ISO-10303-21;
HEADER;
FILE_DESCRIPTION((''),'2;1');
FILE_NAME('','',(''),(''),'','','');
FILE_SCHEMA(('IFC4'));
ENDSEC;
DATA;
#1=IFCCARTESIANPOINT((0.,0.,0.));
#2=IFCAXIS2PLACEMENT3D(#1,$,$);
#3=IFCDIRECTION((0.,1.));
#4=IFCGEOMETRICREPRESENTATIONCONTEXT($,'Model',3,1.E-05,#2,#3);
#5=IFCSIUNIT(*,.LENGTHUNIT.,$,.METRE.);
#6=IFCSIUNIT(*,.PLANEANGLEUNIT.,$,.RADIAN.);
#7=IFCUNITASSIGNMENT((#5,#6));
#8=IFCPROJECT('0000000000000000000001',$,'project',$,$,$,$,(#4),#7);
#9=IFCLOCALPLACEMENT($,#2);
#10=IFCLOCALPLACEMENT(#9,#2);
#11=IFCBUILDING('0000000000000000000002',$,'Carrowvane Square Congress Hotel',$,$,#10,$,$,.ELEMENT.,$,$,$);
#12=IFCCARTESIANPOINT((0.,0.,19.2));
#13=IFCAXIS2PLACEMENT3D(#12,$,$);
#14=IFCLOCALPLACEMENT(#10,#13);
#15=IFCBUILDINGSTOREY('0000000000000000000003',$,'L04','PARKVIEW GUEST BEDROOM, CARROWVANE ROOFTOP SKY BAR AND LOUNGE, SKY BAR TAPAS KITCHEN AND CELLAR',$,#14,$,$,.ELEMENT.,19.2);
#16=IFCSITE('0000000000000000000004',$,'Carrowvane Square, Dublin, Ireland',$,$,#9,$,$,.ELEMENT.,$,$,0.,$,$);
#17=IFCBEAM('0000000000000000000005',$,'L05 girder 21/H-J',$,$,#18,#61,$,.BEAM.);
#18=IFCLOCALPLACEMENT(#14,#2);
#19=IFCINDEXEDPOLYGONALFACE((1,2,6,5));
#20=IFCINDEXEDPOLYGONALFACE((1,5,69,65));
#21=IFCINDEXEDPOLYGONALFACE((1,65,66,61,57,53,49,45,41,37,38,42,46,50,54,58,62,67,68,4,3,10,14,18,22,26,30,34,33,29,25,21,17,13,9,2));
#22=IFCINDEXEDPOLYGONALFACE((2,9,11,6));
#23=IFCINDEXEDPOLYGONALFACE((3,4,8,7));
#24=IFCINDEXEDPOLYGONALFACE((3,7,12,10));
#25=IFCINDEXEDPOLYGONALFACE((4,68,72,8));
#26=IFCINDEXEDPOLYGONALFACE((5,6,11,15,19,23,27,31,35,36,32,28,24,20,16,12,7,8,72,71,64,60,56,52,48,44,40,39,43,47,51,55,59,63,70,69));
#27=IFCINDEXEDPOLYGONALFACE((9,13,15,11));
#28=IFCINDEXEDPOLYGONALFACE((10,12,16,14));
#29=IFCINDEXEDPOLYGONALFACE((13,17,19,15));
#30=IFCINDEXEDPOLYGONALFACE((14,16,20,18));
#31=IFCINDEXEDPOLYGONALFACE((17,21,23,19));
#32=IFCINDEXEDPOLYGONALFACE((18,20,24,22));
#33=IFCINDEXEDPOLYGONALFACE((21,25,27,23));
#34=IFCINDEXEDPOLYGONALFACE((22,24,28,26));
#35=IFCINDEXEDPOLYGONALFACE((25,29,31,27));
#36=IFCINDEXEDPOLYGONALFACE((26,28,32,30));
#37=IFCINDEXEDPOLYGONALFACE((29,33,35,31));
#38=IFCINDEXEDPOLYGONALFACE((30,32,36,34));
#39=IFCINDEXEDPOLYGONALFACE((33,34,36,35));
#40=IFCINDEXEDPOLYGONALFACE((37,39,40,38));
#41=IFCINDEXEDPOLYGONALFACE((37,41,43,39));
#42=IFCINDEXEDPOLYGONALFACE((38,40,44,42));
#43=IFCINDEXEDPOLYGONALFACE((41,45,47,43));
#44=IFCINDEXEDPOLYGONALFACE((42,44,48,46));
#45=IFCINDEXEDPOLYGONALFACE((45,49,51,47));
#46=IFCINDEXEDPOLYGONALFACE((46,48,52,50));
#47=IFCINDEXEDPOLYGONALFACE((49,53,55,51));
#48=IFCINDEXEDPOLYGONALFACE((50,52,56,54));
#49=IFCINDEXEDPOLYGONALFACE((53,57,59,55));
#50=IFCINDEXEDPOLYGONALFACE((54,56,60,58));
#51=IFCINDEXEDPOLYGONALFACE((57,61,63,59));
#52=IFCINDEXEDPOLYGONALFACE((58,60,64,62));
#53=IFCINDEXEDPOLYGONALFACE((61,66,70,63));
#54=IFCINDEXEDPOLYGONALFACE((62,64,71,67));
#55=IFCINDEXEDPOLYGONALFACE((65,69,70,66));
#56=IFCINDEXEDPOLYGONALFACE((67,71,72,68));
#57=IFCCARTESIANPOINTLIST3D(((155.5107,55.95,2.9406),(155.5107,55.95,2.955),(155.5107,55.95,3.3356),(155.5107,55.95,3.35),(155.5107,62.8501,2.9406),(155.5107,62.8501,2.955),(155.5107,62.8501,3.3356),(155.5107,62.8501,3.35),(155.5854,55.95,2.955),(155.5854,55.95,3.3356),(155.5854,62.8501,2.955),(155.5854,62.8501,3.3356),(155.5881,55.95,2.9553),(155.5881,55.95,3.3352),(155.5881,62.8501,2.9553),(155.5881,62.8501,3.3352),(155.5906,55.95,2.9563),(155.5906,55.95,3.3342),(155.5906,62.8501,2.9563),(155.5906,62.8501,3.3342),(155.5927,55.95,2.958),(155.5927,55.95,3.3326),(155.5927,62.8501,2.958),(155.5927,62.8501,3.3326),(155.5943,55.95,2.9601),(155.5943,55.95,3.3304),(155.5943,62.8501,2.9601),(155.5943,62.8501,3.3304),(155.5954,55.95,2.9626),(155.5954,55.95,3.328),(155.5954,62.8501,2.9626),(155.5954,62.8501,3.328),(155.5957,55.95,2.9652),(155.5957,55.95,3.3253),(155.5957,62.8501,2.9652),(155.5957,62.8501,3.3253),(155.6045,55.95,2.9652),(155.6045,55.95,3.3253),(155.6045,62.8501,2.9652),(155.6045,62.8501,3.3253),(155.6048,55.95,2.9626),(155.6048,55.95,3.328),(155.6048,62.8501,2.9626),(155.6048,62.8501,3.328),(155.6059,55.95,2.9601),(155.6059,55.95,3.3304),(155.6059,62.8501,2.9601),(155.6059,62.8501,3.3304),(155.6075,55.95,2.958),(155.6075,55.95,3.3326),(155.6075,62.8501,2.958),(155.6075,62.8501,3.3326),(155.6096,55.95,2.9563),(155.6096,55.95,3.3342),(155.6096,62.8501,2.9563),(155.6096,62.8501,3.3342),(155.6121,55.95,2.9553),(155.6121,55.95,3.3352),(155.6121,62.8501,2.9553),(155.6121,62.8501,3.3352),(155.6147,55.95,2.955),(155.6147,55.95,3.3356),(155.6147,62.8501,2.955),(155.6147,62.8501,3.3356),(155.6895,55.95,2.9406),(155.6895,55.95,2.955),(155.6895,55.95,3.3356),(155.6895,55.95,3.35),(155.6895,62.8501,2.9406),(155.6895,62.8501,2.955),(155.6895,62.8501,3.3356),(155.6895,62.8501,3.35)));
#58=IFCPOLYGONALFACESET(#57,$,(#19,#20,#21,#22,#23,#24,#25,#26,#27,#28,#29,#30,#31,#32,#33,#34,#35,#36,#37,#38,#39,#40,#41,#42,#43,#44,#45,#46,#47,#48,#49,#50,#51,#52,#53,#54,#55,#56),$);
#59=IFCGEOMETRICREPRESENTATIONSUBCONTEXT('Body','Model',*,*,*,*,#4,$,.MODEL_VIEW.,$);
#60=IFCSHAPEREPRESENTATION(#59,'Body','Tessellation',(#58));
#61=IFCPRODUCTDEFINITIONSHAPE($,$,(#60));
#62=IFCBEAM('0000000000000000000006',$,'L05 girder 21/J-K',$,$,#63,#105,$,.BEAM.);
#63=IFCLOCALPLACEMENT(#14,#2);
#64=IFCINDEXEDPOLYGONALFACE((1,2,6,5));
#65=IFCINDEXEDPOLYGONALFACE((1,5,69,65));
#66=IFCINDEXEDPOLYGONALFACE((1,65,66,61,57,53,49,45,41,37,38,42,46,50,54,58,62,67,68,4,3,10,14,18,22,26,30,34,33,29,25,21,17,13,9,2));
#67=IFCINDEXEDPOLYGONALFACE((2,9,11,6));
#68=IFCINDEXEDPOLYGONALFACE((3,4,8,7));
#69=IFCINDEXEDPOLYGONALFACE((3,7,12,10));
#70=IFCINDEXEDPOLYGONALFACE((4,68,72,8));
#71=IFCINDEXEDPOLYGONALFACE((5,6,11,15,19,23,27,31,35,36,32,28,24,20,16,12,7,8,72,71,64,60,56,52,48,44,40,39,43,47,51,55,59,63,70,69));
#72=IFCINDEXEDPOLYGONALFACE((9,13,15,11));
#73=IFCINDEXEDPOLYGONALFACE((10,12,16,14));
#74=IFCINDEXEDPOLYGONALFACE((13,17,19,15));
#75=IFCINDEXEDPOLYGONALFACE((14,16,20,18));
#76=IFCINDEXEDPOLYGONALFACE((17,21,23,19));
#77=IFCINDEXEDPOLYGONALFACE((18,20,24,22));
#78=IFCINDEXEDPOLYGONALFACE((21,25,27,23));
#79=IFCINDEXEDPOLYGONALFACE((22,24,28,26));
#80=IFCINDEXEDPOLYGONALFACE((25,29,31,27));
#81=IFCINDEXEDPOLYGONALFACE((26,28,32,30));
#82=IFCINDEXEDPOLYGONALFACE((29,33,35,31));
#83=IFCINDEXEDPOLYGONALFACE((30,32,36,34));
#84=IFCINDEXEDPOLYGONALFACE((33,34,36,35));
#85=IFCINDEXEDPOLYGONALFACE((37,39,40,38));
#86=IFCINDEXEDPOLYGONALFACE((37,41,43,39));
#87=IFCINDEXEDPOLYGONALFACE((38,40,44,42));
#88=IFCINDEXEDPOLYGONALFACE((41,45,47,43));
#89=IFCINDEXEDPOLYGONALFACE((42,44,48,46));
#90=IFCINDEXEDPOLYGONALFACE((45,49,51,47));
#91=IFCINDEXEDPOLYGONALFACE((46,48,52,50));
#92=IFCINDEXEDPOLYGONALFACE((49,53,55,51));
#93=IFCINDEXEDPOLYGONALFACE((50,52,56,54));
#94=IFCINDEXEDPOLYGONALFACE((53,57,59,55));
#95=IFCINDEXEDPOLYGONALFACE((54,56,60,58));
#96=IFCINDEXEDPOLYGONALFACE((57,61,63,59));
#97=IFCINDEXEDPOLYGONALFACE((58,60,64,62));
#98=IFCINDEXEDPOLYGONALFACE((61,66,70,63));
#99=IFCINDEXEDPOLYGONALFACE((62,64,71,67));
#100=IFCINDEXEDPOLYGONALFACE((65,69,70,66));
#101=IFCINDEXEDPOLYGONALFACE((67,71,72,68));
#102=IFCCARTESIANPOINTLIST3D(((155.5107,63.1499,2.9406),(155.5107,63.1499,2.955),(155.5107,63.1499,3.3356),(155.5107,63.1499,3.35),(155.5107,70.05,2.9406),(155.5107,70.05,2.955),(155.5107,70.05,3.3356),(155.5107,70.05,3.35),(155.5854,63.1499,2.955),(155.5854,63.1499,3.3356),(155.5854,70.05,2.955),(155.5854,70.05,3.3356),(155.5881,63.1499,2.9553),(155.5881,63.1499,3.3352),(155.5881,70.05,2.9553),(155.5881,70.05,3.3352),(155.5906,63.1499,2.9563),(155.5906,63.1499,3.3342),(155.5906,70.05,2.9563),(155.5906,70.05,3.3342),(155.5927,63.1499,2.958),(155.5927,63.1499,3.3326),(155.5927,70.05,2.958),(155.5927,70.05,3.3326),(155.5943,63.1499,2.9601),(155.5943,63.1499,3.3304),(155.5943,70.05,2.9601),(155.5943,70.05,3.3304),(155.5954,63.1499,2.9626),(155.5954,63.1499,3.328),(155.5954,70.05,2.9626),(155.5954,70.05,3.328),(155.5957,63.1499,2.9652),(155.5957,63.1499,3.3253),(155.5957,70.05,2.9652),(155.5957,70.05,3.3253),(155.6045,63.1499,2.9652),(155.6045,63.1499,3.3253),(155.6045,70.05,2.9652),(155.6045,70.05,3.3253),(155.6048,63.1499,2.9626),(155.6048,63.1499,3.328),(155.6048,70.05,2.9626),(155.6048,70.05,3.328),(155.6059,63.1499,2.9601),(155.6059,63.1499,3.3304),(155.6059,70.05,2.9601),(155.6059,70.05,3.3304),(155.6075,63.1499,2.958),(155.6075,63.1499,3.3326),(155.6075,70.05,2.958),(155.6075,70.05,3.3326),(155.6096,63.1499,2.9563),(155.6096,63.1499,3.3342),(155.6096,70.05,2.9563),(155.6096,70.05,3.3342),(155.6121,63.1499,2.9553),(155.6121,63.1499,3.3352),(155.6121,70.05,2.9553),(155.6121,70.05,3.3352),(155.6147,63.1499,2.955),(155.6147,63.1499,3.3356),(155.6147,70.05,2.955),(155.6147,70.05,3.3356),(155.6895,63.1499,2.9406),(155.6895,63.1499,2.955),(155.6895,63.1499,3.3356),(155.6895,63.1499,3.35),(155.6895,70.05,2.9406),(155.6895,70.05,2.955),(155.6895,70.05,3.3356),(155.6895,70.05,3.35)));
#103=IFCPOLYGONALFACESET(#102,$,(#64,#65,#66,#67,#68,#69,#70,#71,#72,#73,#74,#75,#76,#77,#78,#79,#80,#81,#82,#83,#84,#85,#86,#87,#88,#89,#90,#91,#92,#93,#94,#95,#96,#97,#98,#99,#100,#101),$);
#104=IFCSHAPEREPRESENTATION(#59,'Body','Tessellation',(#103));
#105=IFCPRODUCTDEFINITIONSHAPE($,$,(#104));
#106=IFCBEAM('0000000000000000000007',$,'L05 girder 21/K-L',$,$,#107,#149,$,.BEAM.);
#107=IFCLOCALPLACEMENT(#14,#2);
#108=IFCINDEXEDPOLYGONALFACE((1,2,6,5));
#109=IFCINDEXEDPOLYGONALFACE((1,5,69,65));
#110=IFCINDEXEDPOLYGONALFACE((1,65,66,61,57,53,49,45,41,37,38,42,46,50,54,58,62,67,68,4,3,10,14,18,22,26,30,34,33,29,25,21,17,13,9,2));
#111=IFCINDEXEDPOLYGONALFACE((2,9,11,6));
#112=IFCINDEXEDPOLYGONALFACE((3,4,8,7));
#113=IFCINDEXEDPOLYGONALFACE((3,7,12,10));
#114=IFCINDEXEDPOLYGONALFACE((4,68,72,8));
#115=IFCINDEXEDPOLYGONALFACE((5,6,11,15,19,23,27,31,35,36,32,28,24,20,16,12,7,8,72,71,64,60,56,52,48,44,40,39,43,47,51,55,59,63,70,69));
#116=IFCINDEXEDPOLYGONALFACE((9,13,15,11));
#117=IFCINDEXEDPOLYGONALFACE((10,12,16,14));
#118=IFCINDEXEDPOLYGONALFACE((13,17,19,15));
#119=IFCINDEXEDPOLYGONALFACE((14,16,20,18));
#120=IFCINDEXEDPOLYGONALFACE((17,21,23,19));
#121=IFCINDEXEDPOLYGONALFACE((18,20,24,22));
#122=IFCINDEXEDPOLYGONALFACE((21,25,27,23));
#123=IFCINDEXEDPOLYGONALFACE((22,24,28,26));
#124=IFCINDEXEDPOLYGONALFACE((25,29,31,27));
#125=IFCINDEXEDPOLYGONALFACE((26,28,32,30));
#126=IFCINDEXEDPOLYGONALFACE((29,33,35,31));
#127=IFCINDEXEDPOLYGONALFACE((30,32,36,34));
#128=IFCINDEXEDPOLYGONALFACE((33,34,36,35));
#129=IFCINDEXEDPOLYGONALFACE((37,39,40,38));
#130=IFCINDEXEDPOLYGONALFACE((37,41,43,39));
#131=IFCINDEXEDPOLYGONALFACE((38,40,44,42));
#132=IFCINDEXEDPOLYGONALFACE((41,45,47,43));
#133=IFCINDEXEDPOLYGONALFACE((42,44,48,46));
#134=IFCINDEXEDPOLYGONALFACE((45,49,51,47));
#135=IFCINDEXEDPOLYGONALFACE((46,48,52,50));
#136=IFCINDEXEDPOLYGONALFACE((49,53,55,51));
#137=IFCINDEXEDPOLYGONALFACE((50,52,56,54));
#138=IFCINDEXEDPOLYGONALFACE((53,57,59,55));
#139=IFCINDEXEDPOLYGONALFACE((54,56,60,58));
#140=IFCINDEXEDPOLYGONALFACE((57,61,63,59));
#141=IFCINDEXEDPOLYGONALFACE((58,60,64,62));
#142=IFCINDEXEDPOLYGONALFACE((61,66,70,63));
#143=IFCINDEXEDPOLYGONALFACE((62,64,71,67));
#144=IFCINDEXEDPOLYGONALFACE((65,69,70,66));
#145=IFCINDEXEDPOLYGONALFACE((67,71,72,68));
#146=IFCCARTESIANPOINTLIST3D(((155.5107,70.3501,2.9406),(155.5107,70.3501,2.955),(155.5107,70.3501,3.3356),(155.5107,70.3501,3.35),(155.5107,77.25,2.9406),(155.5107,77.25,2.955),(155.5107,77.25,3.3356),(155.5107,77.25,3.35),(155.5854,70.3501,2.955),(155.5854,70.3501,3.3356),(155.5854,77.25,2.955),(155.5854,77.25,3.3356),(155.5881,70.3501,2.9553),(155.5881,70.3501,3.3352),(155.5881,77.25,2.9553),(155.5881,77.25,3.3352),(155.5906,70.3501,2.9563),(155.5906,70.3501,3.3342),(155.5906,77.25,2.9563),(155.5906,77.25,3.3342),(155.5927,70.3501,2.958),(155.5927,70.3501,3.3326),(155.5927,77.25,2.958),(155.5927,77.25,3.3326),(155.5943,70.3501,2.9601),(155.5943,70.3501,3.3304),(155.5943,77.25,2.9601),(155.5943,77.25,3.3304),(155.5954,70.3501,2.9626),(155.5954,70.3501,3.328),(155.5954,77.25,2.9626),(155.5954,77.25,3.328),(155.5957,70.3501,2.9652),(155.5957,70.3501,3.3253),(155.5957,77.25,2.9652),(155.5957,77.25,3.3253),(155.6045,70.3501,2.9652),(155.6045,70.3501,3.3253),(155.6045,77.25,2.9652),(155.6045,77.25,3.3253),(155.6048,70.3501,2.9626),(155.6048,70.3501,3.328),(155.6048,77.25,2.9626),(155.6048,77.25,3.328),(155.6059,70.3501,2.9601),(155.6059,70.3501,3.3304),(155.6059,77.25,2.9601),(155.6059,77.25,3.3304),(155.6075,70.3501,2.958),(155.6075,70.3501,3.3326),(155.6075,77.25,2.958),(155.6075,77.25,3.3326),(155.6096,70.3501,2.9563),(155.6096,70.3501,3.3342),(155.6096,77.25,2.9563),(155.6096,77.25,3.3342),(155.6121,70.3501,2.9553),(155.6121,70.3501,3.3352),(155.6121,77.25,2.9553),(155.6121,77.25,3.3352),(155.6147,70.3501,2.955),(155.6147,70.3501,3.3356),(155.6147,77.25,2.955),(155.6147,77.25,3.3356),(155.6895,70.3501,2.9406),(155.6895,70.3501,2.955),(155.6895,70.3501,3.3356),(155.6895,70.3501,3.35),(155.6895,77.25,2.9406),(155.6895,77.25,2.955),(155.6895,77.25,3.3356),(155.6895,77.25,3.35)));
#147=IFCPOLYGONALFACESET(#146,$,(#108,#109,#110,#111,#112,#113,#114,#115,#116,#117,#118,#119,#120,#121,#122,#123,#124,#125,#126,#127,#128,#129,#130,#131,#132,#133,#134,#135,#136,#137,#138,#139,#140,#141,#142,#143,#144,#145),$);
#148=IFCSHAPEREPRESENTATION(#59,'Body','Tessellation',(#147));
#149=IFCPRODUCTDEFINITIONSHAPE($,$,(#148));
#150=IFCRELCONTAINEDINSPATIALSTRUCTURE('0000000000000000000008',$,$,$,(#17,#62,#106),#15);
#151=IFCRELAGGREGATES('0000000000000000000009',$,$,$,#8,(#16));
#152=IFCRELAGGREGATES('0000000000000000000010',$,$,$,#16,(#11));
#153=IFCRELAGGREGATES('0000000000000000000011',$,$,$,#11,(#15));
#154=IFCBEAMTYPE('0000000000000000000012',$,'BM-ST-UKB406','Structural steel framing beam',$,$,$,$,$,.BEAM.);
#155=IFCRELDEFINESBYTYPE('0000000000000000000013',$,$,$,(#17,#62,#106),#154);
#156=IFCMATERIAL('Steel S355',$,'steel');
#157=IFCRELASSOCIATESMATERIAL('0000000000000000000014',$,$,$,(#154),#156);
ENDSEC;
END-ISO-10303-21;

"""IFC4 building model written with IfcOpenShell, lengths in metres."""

from ifc_helpers import new_model, si_unit, direction, frame, origin, origin_2d, place, context, subcontext, project, spatial, i_section, extrude, material, material_profile, profile_set, type_object, element, save


model = new_model("IFC4")

# Units and contexts
model_context = context("Model", 3, precision=1e-05, world=origin(), true_north=direction((0.0, 1.0)))
body_context = subcontext(model_context, "Body", "Model", "MODEL_VIEW")
ifc_project = project(units=[si_unit("LENGTHUNIT", "METRE"), si_unit("PLANEANGLEUNIT", "RADIAN")], contexts=[model_context])

# Site, building, storey
site_placement = place(None, origin())
site = spatial("IfcSite", under=ifc_project, at=site_placement, Name="Carrowvane Square, Dublin, Ireland", CompositionType="ELEMENT", RefElevation=0.0)
building_placement = place(site_placement, origin())
building = spatial("IfcBuilding", under=site, at=building_placement, Name="Carrowvane Square Congress Hotel", CompositionType="ELEMENT")
storey_placement = place(building_placement, frame((0.0, 0.0, 19.2)))
storey = spatial("IfcBuildingStorey", under=building, at=storey_placement, Name="L04", Description="PARKVIEW GUEST BEDROOM, CARROWVANE ROOFTOP SKY BAR AND LOUNGE, SKY BAR TAPAS KITCHEN AND CELLAR", CompositionType="ELEMENT", Elevation=19.2)

# Beams
ifc_material_1 = material(Name="Steel S355", Category="steel")
ifc_material_profile_1 = material_profile(ifc_material_1, i_section(OverallWidth=0.1787, OverallDepth=0.4094, WebThickness=0.0088, FlangeThickness=0.0144, FilletRadius=0.0103, at=origin_2d()), Name="UKB 406x178x67")
ifc_profile_set_1 = profile_set([ifc_material_profile_1], Name="Steel S355")
beam_type_1 = type_object("IfcBeamType", Name="BM-ST-UKB406", Description="Structural steel framing beam", PredefinedType="BEAM", material=ifc_profile_set_1)
for number, where, z_axis, x_axis, name in (
    (1, (155.6001, 55.95, 3.1453), (0.0, 1.0, 0.0), (-1.0, 0.0, 0.0), "L05 girder 21/H-J"),
    (2, (155.6001, 63.1499, 3.1453), (0.0, 1.0, 0.0), (-1.0, 0.0, 0.0), "L05 girder 21/J-K"),
):
    element("IfcBeam", number, at=place(storey_placement, frame(where, z_axis=z_axis, x_axis=x_axis)), inside=storey, type_object=beam_type_1, Name=name, PredefinedType="BEAM", context=body_context, shape_type="SweptSolid", body=[
        extrude(i_section(OverallWidth=0.1787, OverallDepth=0.4094, WebThickness=0.0088, FlangeThickness=0.0144, FilletRadius=0.0103, at=origin_2d()), origin(), (0.0, 0.0, 1.0), 6.9001),
    ])
beam_1_placement = place(storey_placement, frame((155.6001, 70.3501, 3.1453), z_axis=(0.0, 1.0, 0.0), x_axis=(-1.0, 0.0, 0.0)))
element("IfcBeam", 3, at=beam_1_placement, inside=storey, type_object=beam_type_1, Name="L05 girder 21/K-L", PredefinedType="BEAM", context=body_context, shape_type="SweptSolid", body=[
    extrude(i_section(OverallWidth=0.1787, OverallDepth=0.4094, WebThickness=0.0088, FlangeThickness=0.0144, FilletRadius=0.0103, at=origin_2d()), origin(), (0.0, 0.0, 1.0), 6.8999),
])

save(model, "model.ifc")
